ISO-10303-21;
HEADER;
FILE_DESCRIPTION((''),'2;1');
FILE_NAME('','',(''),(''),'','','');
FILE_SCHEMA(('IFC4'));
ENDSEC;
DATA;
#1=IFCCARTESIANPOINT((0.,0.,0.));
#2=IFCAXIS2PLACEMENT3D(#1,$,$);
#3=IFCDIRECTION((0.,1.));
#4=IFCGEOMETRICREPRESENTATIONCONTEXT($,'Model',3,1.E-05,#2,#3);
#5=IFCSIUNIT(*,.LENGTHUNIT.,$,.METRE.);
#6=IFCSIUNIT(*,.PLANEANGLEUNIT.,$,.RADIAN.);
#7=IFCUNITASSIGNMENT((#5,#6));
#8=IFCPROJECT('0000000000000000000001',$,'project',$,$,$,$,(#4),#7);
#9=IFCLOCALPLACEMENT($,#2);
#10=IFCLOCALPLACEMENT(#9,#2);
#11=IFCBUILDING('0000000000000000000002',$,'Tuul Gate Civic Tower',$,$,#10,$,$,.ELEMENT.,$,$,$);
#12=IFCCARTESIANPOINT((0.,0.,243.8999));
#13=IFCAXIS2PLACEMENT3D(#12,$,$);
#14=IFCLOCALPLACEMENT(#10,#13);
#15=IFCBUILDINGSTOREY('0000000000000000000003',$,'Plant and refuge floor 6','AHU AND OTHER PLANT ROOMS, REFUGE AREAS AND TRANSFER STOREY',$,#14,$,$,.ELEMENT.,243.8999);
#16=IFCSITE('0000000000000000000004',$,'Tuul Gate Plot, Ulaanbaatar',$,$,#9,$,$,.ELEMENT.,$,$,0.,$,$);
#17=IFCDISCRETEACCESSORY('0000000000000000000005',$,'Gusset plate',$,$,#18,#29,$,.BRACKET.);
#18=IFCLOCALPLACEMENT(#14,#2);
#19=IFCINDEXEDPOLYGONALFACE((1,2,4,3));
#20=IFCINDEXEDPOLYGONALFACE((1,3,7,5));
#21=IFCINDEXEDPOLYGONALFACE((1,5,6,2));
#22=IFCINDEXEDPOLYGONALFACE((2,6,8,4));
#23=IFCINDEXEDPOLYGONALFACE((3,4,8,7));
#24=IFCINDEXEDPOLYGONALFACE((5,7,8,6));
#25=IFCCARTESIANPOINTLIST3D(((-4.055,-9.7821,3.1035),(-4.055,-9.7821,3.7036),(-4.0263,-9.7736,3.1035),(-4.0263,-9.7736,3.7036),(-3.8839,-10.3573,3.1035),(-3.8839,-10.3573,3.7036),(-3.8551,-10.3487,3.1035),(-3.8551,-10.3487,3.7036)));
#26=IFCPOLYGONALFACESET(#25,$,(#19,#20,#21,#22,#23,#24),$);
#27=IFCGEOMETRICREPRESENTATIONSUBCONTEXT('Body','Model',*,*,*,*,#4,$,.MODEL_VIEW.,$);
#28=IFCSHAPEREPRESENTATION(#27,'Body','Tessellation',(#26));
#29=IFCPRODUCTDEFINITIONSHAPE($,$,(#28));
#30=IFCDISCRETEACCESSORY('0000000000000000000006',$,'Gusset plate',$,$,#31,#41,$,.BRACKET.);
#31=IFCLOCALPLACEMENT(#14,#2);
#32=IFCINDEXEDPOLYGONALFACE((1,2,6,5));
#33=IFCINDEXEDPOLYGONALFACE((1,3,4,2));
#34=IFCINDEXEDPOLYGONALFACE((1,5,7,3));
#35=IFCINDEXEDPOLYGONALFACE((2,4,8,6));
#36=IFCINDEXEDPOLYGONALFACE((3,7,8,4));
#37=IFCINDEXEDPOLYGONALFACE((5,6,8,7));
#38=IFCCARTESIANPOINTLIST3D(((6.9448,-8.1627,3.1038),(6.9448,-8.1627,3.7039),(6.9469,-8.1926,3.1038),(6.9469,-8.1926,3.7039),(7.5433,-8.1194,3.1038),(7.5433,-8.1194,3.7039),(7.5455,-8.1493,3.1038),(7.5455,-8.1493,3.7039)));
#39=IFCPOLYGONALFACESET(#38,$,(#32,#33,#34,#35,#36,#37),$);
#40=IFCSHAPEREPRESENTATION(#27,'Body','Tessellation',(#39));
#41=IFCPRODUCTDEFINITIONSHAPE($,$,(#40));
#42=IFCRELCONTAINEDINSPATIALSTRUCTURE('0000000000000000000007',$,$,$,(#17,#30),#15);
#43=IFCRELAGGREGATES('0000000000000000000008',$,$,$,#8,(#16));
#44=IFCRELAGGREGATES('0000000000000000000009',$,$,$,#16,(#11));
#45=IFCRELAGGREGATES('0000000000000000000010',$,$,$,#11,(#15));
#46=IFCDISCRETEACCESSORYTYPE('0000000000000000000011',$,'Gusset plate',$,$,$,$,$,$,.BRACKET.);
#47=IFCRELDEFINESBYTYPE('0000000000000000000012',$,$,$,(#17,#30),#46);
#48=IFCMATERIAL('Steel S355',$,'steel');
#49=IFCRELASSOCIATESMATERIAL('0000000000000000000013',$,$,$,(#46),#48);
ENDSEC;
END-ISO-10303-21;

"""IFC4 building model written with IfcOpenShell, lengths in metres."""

from ifc_helpers import new_model, si_unit, direction, frame, origin, origin_2d, place, context, subcontext, project, spatial, rectangle, extrude, material, type_object, element, save


model = new_model("IFC4")

# Units and contexts
model_context = context("Model", 3, precision=1e-05, world=origin(), true_north=direction((0.0, 1.0)))
body_context = subcontext(model_context, "Body", "Model", "MODEL_VIEW")
ifc_project = project(units=[si_unit("LENGTHUNIT", "METRE"), si_unit("PLANEANGLEUNIT", "RADIAN")], contexts=[model_context])

# Site, building, storey
site_placement = place(None, origin())
site = spatial("IfcSite", under=ifc_project, at=site_placement, Name="Tuul Gate Plot, Ulaanbaatar", CompositionType="ELEMENT", RefElevation=0.0)
building_placement = place(site_placement, origin())
building = spatial("IfcBuilding", under=site, at=building_placement, Name="Tuul Gate Civic Tower", CompositionType="ELEMENT")
storey_placement = place(building_placement, frame((0.0, 0.0, 243.8999)))
storey = spatial("IfcBuildingStorey", under=building, at=storey_placement, Name="Plant and refuge floor 6", Description="AHU AND OTHER PLANT ROOMS, REFUGE AREAS AND TRANSFER STOREY", CompositionType="ELEMENT", Elevation=243.8999)

# Discrete accessories
ifc_material_1 = material(Name="Steel S355", Category="steel")
discrete_accessory_type = type_object("IfcDiscreteAccessoryType", Name="Gusset plate", PredefinedType="BRACKET", material=ifc_material_1)
for number, where, z_axis, x_axis, name in (
    (1, (-3.9551, -10.0654, 3.1035), (0.0, 0.0, 1.0), (-0.285212, 0.958464, 0.0), "Gusset plate"),
    (2, (7.2451, -8.156, 3.1038), (0.0, 0.0, 1.0), (-0.997391, -0.072183, 0.0), "Gusset plate"),
):
    element("IfcDiscreteAccessory", number, at=place(storey_placement, frame(where, z_axis=z_axis, x_axis=x_axis)), inside=storey, type_object=discrete_accessory_type, Name=name, PredefinedType="BRACKET", context=body_context, shape_type="SweptSolid", body=[
        extrude(rectangle(XDim=0.6001, YDim=0.03, at=origin_2d()), origin(), (0.0, 0.0, 1.0), 0.6001),
    ])

save(model, "model.ifc")
